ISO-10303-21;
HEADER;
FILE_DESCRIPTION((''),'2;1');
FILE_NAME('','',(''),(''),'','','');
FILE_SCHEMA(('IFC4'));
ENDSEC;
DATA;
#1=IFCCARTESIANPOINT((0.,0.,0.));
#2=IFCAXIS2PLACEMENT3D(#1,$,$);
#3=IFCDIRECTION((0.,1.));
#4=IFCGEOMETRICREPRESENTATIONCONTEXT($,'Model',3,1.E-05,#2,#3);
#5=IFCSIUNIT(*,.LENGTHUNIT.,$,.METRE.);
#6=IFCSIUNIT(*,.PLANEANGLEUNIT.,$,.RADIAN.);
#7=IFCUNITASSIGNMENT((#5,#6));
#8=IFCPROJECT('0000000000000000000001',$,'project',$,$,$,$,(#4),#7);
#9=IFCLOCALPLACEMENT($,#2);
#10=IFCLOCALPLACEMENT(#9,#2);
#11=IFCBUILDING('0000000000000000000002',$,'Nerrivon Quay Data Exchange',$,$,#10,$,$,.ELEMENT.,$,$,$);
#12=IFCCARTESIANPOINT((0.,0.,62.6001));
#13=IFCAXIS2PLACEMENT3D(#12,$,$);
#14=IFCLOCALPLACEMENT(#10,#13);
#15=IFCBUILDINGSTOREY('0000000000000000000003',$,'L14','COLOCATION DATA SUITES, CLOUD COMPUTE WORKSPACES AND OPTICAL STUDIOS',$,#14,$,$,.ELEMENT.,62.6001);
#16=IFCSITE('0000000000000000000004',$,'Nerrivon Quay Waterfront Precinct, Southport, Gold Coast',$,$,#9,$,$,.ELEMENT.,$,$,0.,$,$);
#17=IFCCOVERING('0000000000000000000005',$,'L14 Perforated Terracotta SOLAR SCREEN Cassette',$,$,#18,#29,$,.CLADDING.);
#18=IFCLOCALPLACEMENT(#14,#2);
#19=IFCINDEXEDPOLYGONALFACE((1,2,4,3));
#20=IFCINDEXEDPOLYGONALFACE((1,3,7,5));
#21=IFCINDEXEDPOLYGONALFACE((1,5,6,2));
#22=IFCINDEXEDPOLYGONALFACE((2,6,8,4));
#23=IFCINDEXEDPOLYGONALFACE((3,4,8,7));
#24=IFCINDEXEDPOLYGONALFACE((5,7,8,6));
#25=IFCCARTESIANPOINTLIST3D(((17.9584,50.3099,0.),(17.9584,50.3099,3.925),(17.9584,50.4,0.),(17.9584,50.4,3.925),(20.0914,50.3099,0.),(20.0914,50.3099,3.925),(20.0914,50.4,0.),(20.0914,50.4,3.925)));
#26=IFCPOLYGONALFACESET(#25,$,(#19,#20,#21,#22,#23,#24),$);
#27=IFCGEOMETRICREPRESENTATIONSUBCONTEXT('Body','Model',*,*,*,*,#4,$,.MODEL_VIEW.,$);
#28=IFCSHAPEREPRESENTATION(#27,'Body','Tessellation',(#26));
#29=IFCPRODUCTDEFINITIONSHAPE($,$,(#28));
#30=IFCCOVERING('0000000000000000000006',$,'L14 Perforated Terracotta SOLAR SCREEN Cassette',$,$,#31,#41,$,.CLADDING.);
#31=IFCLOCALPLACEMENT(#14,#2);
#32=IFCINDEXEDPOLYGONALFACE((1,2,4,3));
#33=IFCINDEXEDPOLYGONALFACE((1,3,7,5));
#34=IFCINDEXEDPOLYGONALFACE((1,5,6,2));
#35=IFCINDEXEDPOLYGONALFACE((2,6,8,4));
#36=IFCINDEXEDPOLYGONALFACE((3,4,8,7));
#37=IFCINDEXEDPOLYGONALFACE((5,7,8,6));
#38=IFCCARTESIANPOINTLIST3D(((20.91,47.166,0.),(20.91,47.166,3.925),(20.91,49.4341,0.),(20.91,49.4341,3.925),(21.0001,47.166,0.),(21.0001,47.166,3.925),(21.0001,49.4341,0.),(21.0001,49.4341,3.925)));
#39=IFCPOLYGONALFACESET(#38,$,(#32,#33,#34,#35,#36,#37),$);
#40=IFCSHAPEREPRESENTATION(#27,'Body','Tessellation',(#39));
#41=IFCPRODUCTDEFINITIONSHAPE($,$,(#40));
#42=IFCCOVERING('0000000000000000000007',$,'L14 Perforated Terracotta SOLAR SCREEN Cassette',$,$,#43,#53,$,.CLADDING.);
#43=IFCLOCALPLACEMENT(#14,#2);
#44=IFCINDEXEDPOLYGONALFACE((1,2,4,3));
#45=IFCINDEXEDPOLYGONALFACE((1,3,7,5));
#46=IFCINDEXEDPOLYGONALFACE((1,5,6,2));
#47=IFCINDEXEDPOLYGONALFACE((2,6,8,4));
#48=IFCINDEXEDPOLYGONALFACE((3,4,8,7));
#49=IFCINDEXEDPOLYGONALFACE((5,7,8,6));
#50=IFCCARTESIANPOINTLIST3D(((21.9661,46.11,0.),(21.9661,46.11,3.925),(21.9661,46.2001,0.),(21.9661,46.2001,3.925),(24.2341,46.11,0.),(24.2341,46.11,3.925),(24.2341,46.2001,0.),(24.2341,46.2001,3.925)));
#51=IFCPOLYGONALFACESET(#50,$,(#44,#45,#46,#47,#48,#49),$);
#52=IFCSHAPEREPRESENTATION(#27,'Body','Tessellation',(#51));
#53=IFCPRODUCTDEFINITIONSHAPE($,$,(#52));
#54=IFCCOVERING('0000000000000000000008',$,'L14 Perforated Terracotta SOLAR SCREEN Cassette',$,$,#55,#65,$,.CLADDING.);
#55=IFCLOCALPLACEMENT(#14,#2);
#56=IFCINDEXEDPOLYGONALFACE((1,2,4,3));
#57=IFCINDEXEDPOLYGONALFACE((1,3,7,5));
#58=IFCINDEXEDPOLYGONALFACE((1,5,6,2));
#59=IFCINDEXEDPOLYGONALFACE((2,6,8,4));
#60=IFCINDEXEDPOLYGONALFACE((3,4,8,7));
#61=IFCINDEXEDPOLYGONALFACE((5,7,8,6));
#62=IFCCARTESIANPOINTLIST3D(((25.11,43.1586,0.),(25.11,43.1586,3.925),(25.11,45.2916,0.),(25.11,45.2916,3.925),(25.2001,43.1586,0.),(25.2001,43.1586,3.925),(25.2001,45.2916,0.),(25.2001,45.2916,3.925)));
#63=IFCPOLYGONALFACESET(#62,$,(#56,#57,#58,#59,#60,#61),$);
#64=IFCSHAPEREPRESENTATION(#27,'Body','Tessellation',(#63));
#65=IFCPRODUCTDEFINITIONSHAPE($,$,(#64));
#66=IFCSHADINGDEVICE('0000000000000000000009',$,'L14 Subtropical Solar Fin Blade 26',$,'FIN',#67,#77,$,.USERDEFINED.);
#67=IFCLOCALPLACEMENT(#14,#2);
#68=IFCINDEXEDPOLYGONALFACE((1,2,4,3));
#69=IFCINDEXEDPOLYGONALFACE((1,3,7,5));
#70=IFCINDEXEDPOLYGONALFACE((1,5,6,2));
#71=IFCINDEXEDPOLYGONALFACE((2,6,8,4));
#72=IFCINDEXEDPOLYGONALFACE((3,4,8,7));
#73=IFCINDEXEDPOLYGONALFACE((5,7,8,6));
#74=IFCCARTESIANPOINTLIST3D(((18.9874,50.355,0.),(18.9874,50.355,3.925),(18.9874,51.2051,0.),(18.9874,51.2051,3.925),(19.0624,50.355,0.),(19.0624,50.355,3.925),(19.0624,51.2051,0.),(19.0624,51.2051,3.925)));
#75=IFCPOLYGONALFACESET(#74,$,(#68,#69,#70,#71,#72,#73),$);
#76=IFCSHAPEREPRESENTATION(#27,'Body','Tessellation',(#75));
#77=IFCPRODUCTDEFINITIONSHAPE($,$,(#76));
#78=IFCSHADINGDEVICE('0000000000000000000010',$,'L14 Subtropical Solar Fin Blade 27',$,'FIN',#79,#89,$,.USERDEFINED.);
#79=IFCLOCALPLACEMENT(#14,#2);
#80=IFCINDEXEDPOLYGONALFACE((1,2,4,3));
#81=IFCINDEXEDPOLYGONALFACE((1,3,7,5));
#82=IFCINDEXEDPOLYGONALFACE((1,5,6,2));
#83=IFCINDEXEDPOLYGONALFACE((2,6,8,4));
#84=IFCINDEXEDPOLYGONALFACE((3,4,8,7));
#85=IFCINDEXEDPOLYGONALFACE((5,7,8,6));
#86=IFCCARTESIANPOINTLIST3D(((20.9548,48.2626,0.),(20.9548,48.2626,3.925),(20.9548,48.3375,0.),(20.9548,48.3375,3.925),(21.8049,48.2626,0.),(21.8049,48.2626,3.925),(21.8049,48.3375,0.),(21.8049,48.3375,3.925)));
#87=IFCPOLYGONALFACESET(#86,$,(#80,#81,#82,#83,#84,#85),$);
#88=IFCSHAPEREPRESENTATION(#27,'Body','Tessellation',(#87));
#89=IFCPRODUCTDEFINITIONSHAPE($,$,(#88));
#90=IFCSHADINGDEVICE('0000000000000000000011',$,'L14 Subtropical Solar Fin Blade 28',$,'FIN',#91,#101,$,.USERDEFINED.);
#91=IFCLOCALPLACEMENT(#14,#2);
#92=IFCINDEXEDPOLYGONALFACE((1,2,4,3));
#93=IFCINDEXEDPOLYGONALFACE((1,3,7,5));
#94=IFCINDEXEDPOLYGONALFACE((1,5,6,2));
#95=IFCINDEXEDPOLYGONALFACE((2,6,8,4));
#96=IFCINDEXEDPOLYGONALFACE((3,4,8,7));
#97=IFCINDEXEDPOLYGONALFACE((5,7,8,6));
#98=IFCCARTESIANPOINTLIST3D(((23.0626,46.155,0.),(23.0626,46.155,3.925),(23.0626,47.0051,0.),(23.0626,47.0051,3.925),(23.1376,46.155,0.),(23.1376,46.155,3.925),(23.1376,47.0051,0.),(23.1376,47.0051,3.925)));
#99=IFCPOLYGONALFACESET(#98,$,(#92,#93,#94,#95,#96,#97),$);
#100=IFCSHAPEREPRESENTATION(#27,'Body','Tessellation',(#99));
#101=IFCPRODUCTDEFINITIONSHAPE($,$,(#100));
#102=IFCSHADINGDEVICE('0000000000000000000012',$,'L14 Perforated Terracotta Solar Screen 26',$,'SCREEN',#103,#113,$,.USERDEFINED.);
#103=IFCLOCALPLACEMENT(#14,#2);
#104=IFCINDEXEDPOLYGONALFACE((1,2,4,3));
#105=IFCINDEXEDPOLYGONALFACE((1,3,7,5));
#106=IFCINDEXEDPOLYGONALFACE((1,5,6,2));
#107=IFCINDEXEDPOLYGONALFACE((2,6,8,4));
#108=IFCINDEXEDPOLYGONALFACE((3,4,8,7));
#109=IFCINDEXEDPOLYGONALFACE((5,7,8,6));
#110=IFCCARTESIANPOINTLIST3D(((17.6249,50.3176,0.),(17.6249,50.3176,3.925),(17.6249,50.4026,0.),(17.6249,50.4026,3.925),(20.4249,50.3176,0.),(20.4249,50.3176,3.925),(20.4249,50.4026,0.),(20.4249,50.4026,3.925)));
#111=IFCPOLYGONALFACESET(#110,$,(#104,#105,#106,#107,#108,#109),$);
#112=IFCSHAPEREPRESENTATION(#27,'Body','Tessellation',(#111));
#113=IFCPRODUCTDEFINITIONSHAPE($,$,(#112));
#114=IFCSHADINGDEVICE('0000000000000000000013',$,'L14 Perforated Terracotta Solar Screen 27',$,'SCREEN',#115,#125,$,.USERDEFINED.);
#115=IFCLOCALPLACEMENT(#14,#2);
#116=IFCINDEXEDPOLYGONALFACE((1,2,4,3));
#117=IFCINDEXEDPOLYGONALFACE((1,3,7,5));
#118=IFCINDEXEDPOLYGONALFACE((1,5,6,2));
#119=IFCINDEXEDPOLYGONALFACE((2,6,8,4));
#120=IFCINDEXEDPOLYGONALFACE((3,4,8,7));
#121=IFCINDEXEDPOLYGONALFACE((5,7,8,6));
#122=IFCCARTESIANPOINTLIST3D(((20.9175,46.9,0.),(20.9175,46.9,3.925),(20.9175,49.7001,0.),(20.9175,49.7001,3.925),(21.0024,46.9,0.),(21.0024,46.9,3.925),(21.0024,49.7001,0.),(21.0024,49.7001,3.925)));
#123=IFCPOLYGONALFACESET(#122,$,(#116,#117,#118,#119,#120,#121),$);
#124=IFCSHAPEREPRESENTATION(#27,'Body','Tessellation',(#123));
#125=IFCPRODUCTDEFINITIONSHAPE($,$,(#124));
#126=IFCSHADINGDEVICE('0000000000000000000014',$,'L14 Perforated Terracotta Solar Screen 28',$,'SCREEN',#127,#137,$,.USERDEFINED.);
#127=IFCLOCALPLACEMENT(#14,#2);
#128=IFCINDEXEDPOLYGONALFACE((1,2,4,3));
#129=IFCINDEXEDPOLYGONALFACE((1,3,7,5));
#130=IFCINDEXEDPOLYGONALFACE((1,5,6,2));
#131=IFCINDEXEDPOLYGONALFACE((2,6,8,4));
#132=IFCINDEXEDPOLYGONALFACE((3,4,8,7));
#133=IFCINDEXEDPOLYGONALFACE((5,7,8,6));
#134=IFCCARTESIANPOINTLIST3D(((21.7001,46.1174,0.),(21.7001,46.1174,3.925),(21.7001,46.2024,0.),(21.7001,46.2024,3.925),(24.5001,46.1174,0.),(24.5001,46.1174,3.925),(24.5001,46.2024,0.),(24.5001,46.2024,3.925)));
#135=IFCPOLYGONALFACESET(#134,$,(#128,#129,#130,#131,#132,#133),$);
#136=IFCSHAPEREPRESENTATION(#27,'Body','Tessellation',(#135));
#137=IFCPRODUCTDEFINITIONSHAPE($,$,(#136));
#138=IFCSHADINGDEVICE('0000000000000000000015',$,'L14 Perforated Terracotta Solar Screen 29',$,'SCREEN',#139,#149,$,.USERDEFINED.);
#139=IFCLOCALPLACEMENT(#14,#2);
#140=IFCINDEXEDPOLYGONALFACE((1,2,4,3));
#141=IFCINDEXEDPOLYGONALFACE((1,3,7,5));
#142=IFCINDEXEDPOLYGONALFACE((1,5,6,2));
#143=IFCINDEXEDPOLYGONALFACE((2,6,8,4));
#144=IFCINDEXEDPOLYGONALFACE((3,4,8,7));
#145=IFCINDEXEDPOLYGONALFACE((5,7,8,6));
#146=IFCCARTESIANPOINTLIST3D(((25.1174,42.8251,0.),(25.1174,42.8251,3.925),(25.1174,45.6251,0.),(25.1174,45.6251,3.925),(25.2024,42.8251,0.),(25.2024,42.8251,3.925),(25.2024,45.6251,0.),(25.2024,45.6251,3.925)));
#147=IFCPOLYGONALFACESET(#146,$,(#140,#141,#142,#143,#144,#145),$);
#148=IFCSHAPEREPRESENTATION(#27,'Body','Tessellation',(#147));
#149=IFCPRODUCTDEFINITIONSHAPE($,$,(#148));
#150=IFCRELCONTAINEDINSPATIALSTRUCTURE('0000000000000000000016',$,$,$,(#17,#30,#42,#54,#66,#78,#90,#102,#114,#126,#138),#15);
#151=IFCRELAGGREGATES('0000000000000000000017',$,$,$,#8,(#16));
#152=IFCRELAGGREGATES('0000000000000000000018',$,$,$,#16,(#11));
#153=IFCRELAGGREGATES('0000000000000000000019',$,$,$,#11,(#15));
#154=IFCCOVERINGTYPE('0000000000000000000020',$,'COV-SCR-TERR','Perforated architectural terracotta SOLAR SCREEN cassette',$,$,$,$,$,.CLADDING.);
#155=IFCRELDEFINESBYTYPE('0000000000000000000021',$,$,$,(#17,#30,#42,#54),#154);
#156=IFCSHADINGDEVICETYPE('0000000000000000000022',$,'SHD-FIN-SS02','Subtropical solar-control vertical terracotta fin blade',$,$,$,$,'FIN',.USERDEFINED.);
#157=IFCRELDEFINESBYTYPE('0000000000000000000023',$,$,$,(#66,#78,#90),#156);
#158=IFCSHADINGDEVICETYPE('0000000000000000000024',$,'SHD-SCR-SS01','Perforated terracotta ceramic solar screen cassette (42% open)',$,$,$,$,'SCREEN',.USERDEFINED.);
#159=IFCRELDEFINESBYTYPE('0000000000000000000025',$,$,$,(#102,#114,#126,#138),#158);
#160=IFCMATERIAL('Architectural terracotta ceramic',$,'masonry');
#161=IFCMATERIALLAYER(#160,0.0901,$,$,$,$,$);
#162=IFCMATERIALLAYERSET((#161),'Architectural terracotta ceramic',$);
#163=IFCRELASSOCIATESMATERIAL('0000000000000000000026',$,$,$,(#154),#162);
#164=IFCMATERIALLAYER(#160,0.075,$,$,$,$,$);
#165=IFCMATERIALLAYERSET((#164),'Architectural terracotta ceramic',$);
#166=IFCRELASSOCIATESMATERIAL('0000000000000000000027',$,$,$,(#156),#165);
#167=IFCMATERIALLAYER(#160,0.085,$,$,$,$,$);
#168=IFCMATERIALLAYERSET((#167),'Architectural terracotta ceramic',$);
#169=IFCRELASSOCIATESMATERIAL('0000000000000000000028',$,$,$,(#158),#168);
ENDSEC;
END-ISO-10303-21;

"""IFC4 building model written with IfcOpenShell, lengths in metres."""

from ifc_helpers import new_model, si_unit, direction, frame, origin, origin_2d, place, context, subcontext, project, spatial, rectangle, extrude, material, layer, layer_set, type_object, element, save


model = new_model("IFC4")

# Units and contexts
model_context = context("Model", 3, precision=1e-05, world=origin(), true_north=direction((0.0, 1.0)))
body_context = subcontext(model_context, "Body", "Model", "MODEL_VIEW")
ifc_project = project(units=[si_unit("LENGTHUNIT", "METRE"), si_unit("PLANEANGLEUNIT", "RADIAN")], contexts=[model_context])

# Site, building, storey
site_placement = place(None, origin())
site = spatial("IfcSite", under=ifc_project, at=site_placement, Name="Nerrivon Quay Waterfront Precinct, Southport, Gold Coast", CompositionType="ELEMENT", RefElevation=0.0)
building_placement = place(site_placement, origin())
building = spatial("IfcBuilding", under=site, at=building_placement, Name="Nerrivon Quay Data Exchange", CompositionType="ELEMENT")
storey_placement = place(building_placement, frame((0.0, 0.0, 62.6001)))
storey = spatial("IfcBuildingStorey", under=building, at=storey_placement, Name="L14", Description="COLOCATION DATA SUITES, CLOUD COMPUTE WORKSPACES AND OPTICAL STUDIOS", CompositionType="ELEMENT", Elevation=62.6001)

# Coverings
ifc_material_1 = material(Name="Architectural terracotta ceramic", Category="masonry")
ifc_layer_1 = layer(ifc_material_1, 0.0901)
ifc_layer_set_1 = layer_set([ifc_layer_1], Name="Architectural terracotta ceramic")
covering_type = type_object("IfcCoveringType", Name="COV-SCR-TERR", Description="Perforated architectural terracotta SOLAR SCREEN cassette", PredefinedType="CLADDING", material=ifc_layer_set_1)
covering_1_placement = place(storey_placement, frame((19.0249, 50.355, 0.0), z_axis=(0.0, 0.0, 1.0), x_axis=(1.0, 0.0, 0.0)))
element("IfcCovering", 1, at=covering_1_placement, inside=storey, type_object=covering_type, Name="L14 Perforated Terracotta SOLAR SCREEN Cassette", PredefinedType="CLADDING", context=body_context, shape_type="SweptSolid", body=[
    extrude(rectangle(XDim=2.1331, YDim=0.0901, at=origin_2d()), origin(), (0.0, 0.0, 1.0), 3.925),
])
for number, where, z_axis, x_axis, name in (
    (2, (20.9551, 48.3, 0.0), (0.0, 0.0, 1.0), (0.0, -1.0, 0.0), "L14 Perforated Terracotta SOLAR SCREEN Cassette"),
    (3, (23.1001, 46.155, 0.0), (0.0, 0.0, 1.0), (1.0, 0.0, 0.0), "L14 Perforated Terracotta SOLAR SCREEN Cassette"),
):
    element("IfcCovering", number, at=place(storey_placement, frame(where, z_axis=z_axis, x_axis=x_axis)), inside=storey, type_object=covering_type, Name=name, PredefinedType="CLADDING", context=body_context, shape_type="SweptSolid", body=[
        extrude(rectangle(XDim=2.2681, YDim=0.0901, at=origin_2d()), origin(), (0.0, 0.0, 1.0), 3.925),
    ])
covering_2_placement = place(storey_placement, frame((25.155, 44.2251, 0.0), z_axis=(0.0, 0.0, 1.0), x_axis=(0.0, -1.0, 0.0)))
element("IfcCovering", 4, at=covering_2_placement, inside=storey, type_object=covering_type, Name="L14 Perforated Terracotta SOLAR SCREEN Cassette", PredefinedType="CLADDING", context=body_context, shape_type="SweptSolid", body=[
    extrude(rectangle(XDim=2.1331, YDim=0.0901, at=origin_2d()), origin(), (0.0, 0.0, 1.0), 3.925),
])

# Shading devices
ifc_layer_2 = layer(ifc_material_1, 0.075)
ifc_layer_set_2 = layer_set([ifc_layer_2], Name="Architectural terracotta ceramic")
shading_device_type_1 = type_object("IfcShadingDeviceType", Name="SHD-FIN-SS02", Description="Subtropical solar-control vertical terracotta fin blade", ElementType="FIN", PredefinedType="USERDEFINED", material=ifc_layer_set_2)
for number, where, z_axis, x_axis, name in (
    (5, (19.0249, 50.78, 0.0), (0.0, 0.0, 1.0), (1.0, 0.0, 0.0), "L14 Subtropical Solar Fin Blade 26"),
    (6, (21.3799, 48.3, 0.0), (0.0, 0.0, 1.0), (0.0, -1.0, 0.0), "L14 Subtropical Solar Fin Blade 27"),
    (7, (23.1001, 46.5801, 0.0), (0.0, 0.0, 1.0), (1.0, 0.0, 0.0), "L14 Subtropical Solar Fin Blade 28"),
):
    element("IfcShadingDevice", number, at=place(storey_placement, frame(where, z_axis=z_axis, x_axis=x_axis)), inside=storey, type_object=shading_device_type_1, Name=name, ObjectType="FIN", PredefinedType="USERDEFINED", context=body_context, shape_type="SweptSolid", body=[
        extrude(rectangle(XDim=0.075, YDim=0.8501, at=origin_2d()), origin(), (0.0, 0.0, 1.0), 3.925),
    ])
ifc_layer_3 = layer(ifc_material_1, 0.085)
ifc_layer_set_3 = layer_set([ifc_layer_3], Name="Architectural terracotta ceramic")
shading_device_type_2 = type_object("IfcShadingDeviceType", Name="SHD-SCR-SS01", Description="Perforated terracotta ceramic solar screen cassette (42% open)", ElementType="SCREEN", PredefinedType="USERDEFINED", material=ifc_layer_set_3)
for number, where, z_axis, x_axis, name in (
    (8, (19.0249, 50.3601, 0.0), (0.0, 0.0, 1.0), (1.0, 0.0, 0.0), "L14 Perforated Terracotta Solar Screen 26"),
    (9, (20.96, 48.3, 0.0), (0.0, 0.0, 1.0), (0.0, -1.0, 0.0), "L14 Perforated Terracotta Solar Screen 27"),
    (10, (23.1001, 46.1599, 0.0), (0.0, 0.0, 1.0), (1.0, 0.0, 0.0), "L14 Perforated Terracotta Solar Screen 28"),
    (11, (25.1599, 44.2251, 0.0), (0.0, 0.0, 1.0), (0.0, -1.0, 0.0), "L14 Perforated Terracotta Solar Screen 29"),
):
    element("IfcShadingDevice", number, at=place(storey_placement, frame(where, z_axis=z_axis, x_axis=x_axis)), inside=storey, type_object=shading_device_type_2, Name=name, ObjectType="SCREEN", PredefinedType="USERDEFINED", context=body_context, shape_type="SweptSolid", body=[
        extrude(rectangle(XDim=2.8, YDim=0.085, at=origin_2d()), origin(), (0.0, 0.0, 1.0), 3.925),
    ])

save(model, "model.ifc")
